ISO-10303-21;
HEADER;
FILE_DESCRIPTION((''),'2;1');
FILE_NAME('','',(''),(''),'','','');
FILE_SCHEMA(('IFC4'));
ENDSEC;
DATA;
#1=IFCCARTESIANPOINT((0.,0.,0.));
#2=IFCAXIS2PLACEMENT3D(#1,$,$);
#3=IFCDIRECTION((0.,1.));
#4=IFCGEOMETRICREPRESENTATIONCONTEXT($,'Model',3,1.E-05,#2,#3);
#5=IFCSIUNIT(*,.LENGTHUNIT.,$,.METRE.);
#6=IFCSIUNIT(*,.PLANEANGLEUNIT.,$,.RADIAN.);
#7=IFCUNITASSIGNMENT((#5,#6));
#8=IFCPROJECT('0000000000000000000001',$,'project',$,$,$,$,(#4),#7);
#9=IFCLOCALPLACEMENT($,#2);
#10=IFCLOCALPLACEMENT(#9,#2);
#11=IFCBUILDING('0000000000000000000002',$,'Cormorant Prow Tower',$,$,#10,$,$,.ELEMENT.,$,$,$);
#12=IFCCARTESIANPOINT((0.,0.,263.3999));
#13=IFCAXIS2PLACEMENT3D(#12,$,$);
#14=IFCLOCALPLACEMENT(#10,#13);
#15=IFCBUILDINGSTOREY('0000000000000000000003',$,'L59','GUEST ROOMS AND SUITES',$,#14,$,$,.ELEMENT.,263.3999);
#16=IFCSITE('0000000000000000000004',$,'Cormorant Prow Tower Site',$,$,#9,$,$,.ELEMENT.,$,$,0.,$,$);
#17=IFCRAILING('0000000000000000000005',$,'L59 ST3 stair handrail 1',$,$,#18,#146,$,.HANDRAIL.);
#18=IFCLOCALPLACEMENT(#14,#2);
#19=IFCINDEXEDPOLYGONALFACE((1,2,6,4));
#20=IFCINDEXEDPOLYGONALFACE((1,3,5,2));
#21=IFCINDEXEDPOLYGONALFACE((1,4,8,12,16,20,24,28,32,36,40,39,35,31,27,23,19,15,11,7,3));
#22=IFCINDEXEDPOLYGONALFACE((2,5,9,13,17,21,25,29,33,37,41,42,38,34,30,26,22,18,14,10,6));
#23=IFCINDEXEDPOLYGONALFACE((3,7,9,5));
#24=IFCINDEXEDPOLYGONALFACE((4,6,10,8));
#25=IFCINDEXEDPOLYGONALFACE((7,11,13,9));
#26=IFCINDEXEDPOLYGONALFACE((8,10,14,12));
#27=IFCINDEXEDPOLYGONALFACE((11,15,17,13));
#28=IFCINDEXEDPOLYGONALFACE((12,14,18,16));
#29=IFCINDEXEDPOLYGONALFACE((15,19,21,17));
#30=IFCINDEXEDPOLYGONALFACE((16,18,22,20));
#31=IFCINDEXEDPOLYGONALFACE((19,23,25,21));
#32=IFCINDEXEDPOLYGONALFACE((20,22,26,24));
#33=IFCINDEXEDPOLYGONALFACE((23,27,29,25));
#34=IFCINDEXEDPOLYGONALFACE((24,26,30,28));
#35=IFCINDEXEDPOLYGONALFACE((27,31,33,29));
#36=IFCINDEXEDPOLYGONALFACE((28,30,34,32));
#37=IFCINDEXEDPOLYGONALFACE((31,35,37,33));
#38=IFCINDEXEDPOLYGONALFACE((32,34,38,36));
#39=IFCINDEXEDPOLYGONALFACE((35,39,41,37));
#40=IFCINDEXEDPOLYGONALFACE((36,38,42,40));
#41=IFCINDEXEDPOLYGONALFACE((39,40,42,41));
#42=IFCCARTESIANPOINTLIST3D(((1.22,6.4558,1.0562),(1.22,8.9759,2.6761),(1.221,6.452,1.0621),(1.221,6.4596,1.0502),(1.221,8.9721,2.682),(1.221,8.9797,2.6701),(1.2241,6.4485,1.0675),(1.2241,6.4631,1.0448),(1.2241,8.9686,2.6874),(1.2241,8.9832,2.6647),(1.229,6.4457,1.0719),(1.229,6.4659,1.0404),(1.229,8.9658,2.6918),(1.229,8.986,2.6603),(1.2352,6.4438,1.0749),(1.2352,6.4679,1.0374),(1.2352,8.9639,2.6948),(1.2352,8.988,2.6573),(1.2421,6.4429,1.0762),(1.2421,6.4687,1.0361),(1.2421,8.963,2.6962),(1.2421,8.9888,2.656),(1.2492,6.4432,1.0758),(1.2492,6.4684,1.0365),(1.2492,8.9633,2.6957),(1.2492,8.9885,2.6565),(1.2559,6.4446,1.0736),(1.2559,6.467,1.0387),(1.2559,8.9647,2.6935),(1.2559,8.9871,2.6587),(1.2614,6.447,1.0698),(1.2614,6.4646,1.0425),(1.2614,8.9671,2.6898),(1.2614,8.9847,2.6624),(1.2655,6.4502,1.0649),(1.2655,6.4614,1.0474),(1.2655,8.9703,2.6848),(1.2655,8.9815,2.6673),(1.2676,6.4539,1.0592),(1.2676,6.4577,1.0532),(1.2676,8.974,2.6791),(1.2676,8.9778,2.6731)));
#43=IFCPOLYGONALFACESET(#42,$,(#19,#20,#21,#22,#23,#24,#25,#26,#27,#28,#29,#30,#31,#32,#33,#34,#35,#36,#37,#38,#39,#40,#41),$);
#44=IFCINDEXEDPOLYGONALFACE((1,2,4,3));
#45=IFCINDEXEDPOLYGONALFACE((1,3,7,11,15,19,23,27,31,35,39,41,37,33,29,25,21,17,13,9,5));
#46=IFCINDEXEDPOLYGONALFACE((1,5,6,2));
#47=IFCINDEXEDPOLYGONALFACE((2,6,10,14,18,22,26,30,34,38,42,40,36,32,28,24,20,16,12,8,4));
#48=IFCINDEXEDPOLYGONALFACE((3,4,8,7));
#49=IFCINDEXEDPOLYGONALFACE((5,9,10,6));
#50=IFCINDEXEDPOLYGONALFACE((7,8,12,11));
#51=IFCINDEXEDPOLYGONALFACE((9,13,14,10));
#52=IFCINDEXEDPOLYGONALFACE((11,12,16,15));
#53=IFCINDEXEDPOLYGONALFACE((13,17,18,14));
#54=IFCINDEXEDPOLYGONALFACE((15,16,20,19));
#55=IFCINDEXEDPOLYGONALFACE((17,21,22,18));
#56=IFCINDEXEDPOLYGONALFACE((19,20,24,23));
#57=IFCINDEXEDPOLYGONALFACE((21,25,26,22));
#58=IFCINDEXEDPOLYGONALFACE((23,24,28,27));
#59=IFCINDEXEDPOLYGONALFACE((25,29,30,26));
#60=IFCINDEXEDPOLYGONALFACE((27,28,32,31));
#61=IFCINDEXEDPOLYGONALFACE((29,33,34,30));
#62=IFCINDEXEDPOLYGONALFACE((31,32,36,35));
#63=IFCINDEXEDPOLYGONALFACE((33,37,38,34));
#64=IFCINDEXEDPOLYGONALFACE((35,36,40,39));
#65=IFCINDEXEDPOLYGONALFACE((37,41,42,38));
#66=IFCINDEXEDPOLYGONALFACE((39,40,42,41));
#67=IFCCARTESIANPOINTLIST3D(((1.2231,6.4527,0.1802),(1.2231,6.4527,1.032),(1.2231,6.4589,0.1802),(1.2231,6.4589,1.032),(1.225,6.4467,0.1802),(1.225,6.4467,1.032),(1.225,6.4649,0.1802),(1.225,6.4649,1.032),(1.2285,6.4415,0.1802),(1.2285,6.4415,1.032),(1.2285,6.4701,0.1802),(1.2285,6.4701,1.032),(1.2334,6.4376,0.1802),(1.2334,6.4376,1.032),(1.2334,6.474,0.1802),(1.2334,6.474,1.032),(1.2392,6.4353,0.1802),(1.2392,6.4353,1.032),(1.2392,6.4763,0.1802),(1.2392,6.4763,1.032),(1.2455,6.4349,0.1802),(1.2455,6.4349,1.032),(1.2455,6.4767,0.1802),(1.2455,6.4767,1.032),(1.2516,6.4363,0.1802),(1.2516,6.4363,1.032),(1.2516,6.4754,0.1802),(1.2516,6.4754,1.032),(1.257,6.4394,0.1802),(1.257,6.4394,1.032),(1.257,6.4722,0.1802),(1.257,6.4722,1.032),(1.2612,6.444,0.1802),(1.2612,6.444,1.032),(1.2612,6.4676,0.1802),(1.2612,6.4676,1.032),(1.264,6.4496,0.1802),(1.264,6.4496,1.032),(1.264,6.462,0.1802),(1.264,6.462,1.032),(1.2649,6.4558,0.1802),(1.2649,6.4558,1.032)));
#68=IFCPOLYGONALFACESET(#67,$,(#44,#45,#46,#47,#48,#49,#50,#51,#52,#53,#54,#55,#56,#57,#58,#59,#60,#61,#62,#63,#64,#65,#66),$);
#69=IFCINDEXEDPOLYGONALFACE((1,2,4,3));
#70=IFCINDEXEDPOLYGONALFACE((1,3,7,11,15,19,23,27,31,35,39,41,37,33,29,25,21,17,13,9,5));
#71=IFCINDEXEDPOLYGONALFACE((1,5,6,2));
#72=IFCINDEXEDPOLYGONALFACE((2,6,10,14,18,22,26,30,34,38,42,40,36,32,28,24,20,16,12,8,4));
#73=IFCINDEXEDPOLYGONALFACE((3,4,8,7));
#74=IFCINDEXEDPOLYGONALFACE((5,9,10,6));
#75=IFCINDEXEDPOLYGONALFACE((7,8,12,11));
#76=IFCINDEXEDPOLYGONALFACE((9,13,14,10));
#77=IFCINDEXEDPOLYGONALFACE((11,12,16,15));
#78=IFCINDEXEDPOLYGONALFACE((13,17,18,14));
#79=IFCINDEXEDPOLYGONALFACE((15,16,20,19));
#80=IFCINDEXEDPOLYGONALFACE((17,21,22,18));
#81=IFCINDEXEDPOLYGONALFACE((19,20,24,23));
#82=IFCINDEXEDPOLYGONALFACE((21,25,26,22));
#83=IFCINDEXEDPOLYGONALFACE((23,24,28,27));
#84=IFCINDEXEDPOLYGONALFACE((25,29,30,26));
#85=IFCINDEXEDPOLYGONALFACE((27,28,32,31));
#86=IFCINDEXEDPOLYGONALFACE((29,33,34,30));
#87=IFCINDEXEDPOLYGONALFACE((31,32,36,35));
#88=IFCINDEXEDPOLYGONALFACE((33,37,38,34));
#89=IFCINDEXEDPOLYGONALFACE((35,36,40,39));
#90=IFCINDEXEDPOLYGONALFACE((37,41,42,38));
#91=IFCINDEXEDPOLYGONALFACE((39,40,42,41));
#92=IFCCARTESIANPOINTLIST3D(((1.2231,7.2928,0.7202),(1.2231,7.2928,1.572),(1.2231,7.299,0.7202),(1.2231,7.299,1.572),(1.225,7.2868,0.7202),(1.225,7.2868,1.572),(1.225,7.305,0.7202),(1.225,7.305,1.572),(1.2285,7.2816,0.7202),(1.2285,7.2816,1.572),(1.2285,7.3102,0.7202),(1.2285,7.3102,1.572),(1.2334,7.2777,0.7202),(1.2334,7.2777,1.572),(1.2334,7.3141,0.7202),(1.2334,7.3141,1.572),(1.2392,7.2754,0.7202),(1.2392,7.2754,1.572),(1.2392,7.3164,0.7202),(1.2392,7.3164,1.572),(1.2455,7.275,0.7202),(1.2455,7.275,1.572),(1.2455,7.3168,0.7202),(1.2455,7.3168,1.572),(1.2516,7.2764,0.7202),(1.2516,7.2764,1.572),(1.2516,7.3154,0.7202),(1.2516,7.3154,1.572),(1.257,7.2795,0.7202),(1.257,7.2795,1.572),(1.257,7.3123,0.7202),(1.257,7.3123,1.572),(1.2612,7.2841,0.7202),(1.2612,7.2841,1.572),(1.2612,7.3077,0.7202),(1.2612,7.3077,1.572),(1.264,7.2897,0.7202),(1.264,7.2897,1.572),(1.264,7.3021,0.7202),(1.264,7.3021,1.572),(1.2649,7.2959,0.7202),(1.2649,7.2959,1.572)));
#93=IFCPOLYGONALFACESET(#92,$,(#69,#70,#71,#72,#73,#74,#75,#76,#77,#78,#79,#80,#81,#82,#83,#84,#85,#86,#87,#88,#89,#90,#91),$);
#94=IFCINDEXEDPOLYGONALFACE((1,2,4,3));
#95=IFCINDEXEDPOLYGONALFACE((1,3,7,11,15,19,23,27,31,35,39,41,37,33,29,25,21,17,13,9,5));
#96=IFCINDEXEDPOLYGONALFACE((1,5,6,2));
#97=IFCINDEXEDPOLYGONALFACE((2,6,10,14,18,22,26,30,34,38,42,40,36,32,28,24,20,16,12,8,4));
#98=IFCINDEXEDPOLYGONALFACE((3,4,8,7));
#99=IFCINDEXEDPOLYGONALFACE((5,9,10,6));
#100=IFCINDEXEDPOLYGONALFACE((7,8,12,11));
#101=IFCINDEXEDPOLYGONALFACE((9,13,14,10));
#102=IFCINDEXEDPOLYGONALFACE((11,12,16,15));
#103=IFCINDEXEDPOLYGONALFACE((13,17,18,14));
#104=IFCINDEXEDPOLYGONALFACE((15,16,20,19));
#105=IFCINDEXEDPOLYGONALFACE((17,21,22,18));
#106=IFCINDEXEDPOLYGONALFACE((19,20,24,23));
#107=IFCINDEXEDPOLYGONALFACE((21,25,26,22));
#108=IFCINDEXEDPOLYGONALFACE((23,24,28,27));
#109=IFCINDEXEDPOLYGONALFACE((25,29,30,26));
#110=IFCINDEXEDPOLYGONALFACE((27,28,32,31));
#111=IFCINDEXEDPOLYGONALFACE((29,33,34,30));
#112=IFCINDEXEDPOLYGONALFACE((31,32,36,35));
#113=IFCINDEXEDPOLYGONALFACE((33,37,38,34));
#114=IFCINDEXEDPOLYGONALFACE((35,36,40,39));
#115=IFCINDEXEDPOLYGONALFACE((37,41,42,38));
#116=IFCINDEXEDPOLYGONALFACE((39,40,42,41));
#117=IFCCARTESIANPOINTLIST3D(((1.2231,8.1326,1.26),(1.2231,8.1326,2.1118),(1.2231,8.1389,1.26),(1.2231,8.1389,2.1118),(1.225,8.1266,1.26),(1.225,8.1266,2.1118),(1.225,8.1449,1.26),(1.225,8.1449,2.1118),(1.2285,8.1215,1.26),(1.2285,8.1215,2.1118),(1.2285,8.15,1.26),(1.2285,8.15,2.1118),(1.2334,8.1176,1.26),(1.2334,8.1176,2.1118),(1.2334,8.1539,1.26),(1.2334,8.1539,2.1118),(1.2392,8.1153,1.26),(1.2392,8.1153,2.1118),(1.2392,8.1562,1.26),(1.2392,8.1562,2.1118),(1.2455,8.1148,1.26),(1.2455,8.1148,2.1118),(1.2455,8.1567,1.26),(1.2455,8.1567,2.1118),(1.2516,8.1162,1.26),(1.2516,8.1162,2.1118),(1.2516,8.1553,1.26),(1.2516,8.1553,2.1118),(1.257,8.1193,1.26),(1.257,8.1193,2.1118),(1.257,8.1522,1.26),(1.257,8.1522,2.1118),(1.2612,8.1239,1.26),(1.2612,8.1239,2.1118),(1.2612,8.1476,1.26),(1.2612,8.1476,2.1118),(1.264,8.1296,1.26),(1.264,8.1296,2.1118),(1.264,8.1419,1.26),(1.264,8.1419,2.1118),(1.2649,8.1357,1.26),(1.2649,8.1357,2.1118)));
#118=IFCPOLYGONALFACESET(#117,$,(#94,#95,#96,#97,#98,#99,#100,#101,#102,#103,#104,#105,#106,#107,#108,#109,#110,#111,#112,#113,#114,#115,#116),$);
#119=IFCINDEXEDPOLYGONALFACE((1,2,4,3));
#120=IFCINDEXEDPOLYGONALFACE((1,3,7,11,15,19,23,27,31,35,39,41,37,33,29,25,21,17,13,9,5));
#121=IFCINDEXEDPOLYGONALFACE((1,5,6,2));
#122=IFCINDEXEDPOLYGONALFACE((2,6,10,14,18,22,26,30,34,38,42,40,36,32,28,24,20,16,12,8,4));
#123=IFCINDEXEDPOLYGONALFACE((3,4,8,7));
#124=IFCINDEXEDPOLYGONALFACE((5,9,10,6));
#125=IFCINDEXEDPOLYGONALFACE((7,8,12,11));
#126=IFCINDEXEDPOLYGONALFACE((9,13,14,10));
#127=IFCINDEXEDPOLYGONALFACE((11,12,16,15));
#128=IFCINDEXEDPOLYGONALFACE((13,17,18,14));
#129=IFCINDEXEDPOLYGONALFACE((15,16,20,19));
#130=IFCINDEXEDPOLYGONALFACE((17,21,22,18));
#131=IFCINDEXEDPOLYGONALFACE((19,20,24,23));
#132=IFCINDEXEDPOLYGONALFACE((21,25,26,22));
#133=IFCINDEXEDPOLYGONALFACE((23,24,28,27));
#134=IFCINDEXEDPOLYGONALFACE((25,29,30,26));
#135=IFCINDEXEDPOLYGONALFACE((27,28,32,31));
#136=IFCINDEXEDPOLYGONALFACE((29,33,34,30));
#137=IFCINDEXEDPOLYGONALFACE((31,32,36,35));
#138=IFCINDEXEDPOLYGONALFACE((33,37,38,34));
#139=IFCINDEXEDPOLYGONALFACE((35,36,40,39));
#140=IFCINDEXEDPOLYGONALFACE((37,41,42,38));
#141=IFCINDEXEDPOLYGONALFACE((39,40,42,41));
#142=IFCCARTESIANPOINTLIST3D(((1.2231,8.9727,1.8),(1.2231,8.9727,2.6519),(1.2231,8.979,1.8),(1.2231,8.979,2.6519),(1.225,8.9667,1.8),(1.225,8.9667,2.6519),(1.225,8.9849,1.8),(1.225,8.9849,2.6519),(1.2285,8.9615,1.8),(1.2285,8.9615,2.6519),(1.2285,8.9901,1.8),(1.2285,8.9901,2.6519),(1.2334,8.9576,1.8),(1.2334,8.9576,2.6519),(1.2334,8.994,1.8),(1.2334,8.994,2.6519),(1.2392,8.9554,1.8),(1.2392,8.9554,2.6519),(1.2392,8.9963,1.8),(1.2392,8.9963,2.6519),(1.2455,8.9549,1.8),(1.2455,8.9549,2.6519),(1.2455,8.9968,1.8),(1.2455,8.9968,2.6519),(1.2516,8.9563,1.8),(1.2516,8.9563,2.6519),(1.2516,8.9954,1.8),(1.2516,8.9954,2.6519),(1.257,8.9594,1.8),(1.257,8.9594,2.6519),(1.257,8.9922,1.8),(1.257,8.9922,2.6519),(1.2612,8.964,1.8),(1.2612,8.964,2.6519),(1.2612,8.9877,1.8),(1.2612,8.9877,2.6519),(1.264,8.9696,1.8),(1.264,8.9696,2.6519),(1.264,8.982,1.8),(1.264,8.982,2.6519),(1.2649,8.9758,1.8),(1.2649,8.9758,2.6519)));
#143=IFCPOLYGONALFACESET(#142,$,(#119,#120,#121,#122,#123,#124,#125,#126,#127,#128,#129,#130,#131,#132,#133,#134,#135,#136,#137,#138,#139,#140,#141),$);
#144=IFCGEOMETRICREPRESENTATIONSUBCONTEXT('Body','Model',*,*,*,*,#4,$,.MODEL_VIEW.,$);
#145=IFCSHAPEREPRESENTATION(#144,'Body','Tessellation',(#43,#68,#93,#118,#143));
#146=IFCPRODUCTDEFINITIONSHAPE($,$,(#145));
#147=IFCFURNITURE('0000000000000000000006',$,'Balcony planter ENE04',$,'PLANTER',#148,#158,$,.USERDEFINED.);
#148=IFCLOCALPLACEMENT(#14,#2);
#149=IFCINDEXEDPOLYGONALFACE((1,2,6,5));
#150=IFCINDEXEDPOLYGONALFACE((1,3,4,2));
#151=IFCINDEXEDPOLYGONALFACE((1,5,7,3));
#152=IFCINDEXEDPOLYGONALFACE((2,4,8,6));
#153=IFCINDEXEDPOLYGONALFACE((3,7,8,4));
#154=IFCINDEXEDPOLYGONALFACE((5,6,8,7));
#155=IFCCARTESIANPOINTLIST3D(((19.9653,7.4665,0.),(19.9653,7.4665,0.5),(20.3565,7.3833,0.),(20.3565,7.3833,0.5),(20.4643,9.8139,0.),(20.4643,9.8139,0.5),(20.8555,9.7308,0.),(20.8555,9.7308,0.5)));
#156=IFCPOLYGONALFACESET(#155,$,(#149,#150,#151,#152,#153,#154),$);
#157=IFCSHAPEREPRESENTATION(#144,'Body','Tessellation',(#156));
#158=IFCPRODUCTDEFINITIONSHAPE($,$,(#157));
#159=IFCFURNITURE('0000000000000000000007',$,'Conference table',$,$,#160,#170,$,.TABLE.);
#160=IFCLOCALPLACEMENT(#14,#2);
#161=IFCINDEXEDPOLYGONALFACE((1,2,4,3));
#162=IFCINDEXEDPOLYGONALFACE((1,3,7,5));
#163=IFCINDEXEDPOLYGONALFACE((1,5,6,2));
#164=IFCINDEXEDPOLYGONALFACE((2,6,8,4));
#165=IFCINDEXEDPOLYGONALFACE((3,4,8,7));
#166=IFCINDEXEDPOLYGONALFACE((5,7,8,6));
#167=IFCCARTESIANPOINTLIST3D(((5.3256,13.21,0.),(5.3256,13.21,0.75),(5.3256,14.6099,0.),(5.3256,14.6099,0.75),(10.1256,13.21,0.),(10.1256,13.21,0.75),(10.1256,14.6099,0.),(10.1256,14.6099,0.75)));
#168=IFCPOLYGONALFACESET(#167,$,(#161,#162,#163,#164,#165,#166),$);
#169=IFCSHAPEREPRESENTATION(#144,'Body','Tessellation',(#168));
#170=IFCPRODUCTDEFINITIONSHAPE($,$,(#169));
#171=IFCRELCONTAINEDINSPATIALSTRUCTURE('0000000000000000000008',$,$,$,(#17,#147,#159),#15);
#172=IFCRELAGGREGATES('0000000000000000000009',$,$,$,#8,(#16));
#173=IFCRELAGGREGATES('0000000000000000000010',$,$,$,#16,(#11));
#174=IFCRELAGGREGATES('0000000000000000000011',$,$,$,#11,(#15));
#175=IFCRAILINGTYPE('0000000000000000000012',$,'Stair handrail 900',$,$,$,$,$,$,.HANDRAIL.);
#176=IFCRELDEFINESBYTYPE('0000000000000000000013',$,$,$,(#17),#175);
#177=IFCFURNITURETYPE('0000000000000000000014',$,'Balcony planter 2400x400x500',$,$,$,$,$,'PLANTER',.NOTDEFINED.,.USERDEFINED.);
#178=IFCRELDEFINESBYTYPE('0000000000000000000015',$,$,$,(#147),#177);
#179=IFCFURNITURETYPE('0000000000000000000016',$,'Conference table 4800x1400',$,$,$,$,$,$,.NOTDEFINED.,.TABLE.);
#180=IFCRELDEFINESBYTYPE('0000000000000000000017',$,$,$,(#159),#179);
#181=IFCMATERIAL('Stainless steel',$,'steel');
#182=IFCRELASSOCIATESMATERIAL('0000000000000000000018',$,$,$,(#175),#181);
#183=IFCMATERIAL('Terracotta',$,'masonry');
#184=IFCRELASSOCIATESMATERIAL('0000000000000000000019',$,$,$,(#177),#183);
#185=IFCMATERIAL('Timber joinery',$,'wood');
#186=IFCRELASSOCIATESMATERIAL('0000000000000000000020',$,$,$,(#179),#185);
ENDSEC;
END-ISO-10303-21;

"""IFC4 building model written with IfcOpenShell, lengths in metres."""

from ifc_helpers import new_model, si_unit, direction, frame, origin, origin_2d, place, context, subcontext, project, spatial, rectangle, circle, extrude, material, type_object, element, save


model = new_model("IFC4")

# Units and contexts
model_context = context("Model", 3, precision=1e-05, world=origin(), true_north=direction((0.0, 1.0)))
body_context = subcontext(model_context, "Body", "Model", "MODEL_VIEW")
ifc_project = project(units=[si_unit("LENGTHUNIT", "METRE"), si_unit("PLANEANGLEUNIT", "RADIAN")], contexts=[model_context])

# Site, building, storey
site_placement = place(None, origin())
site = spatial("IfcSite", under=ifc_project, at=site_placement, Name="Cormorant Prow Tower Site", CompositionType="ELEMENT", RefElevation=0.0)
building_placement = place(site_placement, origin())
building = spatial("IfcBuilding", under=site, at=building_placement, Name="Cormorant Prow Tower", CompositionType="ELEMENT")
storey_placement = place(building_placement, frame((0.0, 0.0, 263.3999)))
storey = spatial("IfcBuildingStorey", under=building, at=storey_placement, Name="L59", Description="GUEST ROOMS AND SUITES", CompositionType="ELEMENT", Elevation=263.3999)

# Railing
ifc_material_1 = material(Name="Stainless steel", Category="steel")
railing_type_1 = type_object("IfcRailingType", Name="Stair handrail 900", PredefinedType="HANDRAIL", material=ifc_material_1)
railing_1_placement = place(storey_placement, frame((1.2439, 6.4558, 0.1802)))
element("IfcRailing", 1, at=railing_1_placement, inside=storey, type_object=railing_type_1, Name="L59 ST3 stair handrail 1", PredefinedType="HANDRAIL", context=body_context, shape_type="SweptSolid", body=[
    extrude(circle(Radius=0.0239, at=origin_2d()), frame((0.0, 0.0, 0.876), z_axis=(0.0, 0.8412, 0.540725), x_axis=(-1.0, 0.0, 0.0)), (0.0, 0.0, 1.0), 2.9958),
    extrude(circle(Radius=0.021, at=origin_2d()), origin(), (0.0, 0.0, 1.0), 0.8518),
    extrude(circle(Radius=0.021, at=origin_2d()), frame((0.0, 0.8401, 0.54)), (0.0, 0.0, 1.0), 0.8518),
    extrude(circle(Radius=0.021, at=origin_2d()), frame((0.0, 1.6799, 1.0798)), (0.0, 0.0, 1.0), 0.8518),
    extrude(circle(Radius=0.021, at=origin_2d()), frame((0.0, 2.52, 1.6199)), (0.0, 0.0, 1.0), 0.8518),
])

# Furniture
ifc_material_2 = material(Name="Terracotta", Category="masonry")
furniture_type_1 = type_object("IfcFurnitureType", Name="Balcony planter 2400x400x500", ElementType="PLANTER", AssemblyPlace="NOTDEFINED", PredefinedType="USERDEFINED", material=ifc_material_2)
furniture_1_placement = place(storey_placement, frame((20.4104, 8.5986, 0.0), z_axis=(0.0, 0.0, 1.0), x_axis=(0.207912, 0.978148, 0.0)))
element("IfcFurniture", 2, at=furniture_1_placement, inside=storey, type_object=furniture_type_1, Name="Balcony planter ENE04", ObjectType="PLANTER", PredefinedType="USERDEFINED", context=body_context, shape_type="SweptSolid", body=[
    extrude(rectangle(XDim=2.3999, YDim=0.3999, at=origin_2d()), origin(), (0.0, 0.0, 1.0), 0.5),
])
ifc_material_3 = material(Name="Timber joinery", Category="wood")
furniture_type_2 = type_object("IfcFurnitureType", Name="Conference table 4800x1400", AssemblyPlace="NOTDEFINED", PredefinedType="TABLE", material=ifc_material_3)
furniture_2_placement = place(storey_placement, frame((7.7256, 13.9099, 0.0), z_axis=(0.0, 0.0, 1.0), x_axis=(1.0, 0.0, 0.0)))
element("IfcFurniture", 3, at=furniture_2_placement, inside=storey, type_object=furniture_type_2, Name="Conference table", PredefinedType="TABLE", context=body_context, shape_type="SweptSolid", body=[
    extrude(rectangle(XDim=4.8, YDim=1.3999, at=origin_2d()), origin(), (0.0, 0.0, 1.0), 0.75),
])

save(model, "model.ifc")
